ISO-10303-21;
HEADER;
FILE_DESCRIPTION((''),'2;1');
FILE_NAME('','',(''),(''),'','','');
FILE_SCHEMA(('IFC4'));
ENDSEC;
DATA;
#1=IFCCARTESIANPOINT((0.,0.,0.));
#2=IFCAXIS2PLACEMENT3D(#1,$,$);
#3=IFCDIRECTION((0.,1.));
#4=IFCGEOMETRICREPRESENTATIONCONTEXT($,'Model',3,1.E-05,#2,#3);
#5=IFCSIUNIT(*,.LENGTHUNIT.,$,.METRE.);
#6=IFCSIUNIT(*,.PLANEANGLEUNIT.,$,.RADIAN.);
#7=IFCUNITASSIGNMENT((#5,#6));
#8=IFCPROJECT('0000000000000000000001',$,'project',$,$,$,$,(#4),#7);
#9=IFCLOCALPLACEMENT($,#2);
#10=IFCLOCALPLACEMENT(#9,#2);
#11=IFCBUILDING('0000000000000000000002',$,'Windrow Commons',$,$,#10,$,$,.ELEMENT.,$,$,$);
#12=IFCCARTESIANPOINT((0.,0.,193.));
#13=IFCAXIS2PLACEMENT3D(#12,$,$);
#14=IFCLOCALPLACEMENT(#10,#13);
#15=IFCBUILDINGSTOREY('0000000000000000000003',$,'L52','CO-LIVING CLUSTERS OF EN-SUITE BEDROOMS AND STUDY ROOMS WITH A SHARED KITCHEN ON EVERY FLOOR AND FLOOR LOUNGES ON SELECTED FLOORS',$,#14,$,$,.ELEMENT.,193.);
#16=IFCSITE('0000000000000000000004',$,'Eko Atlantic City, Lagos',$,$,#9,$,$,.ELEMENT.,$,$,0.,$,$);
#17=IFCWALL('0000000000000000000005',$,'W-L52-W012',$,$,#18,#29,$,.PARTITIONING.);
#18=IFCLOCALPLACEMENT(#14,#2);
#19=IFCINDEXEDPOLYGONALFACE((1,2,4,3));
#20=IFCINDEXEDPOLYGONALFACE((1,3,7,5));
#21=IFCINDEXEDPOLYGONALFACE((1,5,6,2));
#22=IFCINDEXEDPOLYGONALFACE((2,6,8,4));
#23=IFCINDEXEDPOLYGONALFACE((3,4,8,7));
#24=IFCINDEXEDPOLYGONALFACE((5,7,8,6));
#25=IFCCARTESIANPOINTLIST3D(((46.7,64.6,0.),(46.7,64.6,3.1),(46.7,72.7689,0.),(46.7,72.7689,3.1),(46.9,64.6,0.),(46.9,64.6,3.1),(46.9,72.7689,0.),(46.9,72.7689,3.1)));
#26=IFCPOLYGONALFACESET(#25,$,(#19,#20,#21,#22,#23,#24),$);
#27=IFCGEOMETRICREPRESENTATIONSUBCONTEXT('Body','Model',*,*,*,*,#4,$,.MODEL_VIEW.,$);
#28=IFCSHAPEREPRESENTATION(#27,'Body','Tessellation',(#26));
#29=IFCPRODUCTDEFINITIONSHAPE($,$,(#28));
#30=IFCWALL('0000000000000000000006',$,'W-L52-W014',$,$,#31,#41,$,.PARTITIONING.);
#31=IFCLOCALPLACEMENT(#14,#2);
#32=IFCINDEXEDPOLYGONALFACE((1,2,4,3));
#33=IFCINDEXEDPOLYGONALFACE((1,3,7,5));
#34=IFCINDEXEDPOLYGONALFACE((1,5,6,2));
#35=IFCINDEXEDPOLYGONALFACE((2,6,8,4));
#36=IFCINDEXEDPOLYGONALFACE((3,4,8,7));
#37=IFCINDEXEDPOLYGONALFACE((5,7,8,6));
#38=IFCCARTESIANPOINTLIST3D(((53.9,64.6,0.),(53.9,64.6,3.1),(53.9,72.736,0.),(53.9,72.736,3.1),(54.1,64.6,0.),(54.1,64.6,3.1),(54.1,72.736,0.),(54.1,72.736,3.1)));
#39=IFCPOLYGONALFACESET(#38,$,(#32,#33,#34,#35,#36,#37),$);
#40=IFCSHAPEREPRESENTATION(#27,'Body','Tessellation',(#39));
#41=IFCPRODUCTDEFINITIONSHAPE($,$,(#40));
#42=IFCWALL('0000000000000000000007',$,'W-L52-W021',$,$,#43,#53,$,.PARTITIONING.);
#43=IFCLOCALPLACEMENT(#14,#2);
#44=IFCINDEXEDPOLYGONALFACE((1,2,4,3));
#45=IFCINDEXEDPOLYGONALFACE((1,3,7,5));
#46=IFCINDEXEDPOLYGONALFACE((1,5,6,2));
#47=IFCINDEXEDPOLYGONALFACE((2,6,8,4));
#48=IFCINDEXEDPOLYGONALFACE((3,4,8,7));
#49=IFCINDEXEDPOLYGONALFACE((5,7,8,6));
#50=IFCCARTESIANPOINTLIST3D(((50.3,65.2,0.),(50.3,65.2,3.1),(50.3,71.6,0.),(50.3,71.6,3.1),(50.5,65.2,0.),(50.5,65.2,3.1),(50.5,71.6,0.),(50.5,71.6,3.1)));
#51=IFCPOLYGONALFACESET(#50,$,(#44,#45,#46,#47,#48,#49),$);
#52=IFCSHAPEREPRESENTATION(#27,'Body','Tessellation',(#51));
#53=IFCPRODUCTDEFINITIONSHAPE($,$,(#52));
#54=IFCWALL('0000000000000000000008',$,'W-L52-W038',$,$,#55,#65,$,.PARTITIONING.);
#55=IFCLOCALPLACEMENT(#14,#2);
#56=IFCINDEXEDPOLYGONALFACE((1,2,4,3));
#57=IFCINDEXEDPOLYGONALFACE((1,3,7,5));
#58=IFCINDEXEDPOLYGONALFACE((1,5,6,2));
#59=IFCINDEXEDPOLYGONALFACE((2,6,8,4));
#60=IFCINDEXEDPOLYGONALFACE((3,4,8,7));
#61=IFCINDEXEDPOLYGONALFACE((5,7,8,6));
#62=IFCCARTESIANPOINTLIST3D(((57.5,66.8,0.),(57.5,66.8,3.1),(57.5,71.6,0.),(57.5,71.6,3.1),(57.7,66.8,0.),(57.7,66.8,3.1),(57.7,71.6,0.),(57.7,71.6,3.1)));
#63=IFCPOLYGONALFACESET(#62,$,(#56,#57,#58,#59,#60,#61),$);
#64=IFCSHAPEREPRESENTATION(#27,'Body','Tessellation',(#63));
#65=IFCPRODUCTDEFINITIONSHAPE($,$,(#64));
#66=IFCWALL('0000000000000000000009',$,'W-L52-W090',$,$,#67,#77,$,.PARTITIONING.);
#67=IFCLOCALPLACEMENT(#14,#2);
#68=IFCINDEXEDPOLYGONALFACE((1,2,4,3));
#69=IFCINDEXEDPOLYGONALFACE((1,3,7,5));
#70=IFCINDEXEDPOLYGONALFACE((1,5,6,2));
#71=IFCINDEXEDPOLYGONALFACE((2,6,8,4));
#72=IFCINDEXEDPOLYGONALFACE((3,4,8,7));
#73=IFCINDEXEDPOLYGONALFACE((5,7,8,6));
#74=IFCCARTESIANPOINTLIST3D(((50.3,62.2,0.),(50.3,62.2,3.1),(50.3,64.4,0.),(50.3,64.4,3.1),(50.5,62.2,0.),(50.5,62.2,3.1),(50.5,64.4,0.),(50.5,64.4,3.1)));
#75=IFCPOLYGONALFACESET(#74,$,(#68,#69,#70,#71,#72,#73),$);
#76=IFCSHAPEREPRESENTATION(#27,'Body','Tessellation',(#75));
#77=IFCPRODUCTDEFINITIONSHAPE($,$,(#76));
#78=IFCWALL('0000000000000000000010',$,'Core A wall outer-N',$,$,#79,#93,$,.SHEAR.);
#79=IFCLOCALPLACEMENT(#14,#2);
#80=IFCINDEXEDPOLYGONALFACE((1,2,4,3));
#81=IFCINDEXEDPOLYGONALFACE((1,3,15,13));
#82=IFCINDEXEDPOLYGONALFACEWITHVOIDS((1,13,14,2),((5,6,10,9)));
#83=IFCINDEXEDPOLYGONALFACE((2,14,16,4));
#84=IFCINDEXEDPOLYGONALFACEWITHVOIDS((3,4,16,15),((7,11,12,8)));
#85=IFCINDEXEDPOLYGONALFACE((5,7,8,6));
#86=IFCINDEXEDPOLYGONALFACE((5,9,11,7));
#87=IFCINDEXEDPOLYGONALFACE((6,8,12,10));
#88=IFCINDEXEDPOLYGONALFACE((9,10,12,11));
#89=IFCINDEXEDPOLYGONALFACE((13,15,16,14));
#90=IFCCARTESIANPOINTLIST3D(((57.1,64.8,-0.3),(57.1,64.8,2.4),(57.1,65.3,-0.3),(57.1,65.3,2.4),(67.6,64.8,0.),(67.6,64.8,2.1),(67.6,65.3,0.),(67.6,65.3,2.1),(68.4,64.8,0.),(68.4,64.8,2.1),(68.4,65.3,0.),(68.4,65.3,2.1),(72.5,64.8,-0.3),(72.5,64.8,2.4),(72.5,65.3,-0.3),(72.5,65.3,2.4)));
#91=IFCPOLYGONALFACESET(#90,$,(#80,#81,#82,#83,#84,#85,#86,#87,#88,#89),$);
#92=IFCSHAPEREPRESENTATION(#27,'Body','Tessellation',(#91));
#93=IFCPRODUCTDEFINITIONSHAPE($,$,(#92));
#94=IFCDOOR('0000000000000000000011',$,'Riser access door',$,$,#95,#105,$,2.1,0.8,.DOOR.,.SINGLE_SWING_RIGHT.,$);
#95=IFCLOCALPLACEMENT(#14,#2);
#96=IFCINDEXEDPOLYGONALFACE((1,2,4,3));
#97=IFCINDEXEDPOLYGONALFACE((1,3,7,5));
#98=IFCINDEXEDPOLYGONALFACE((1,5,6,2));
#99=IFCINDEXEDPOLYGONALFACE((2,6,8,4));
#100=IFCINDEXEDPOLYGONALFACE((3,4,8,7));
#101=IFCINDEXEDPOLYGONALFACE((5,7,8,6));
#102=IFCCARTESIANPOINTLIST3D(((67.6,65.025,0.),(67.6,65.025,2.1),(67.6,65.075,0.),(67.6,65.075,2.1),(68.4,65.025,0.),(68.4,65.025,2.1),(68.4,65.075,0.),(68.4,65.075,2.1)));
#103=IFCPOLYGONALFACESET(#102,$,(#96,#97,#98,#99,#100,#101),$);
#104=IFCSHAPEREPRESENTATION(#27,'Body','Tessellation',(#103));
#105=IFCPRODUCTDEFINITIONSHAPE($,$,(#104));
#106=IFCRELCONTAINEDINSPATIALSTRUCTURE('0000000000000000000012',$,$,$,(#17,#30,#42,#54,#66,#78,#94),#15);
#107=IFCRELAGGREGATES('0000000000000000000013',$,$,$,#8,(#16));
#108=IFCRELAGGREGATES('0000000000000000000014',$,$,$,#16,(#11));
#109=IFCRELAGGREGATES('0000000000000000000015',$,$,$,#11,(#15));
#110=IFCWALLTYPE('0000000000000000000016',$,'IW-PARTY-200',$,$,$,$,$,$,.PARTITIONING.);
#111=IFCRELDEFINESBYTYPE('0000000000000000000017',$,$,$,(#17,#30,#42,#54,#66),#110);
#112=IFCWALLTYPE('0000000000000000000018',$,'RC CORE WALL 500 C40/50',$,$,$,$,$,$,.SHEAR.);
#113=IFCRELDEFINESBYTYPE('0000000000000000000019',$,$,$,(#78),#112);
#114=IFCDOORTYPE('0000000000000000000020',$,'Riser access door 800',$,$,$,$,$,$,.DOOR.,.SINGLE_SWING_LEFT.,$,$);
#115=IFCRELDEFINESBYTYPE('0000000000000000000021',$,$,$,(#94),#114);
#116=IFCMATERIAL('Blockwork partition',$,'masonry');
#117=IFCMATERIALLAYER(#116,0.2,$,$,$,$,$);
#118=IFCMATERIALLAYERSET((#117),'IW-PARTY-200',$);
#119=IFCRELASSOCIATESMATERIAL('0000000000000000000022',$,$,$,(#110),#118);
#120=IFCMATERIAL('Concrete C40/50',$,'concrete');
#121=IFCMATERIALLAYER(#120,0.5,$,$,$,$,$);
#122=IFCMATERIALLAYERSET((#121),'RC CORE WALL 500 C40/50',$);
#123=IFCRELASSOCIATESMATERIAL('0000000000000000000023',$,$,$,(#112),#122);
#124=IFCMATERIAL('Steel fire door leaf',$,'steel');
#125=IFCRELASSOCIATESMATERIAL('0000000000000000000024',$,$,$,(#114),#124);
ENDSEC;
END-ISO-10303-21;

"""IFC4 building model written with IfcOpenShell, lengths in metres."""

from ifc_helpers import new_model, si_unit, direction, frame, frame_2d, origin, place, context, subcontext, project, spatial, rectangle, extrude, material, layer, layer_set, type_object, element, fill, save


model = new_model("IFC4")

# Units and contexts
model_context = context("Model", 3, precision=1e-05, world=origin(), true_north=direction((0.0, 1.0)))
body_context = subcontext(model_context, "Body", "Model", "MODEL_VIEW")
ifc_project = project(units=[si_unit("LENGTHUNIT", "METRE"), si_unit("PLANEANGLEUNIT", "RADIAN")], contexts=[model_context])

# Site, building, storey
site_placement = place(None, origin())
site = spatial("IfcSite", under=ifc_project, at=site_placement, Name="Eko Atlantic City, Lagos", CompositionType="ELEMENT", RefElevation=0.0)
building_placement = place(site_placement, origin())
building = spatial("IfcBuilding", under=site, at=building_placement, Name="Windrow Commons", CompositionType="ELEMENT")
storey_placement = place(building_placement, frame((0.0, 0.0, 193.0)))
storey = spatial("IfcBuildingStorey", under=building, at=storey_placement, Name="L52", Description="CO-LIVING CLUSTERS OF EN-SUITE BEDROOMS AND STUDY ROOMS WITH A SHARED KITCHEN ON EVERY FLOOR AND FLOOR LOUNGES ON SELECTED FLOORS", CompositionType="ELEMENT", Elevation=193.0)

# Walls
ifc_material_1 = material(Name="Blockwork partition", Category="masonry")
ifc_layer_1 = layer(ifc_material_1, 0.2)
ifc_layer_set_1 = layer_set([ifc_layer_1], Name="IW-PARTY-200")
wall_type_1 = type_object("IfcWallType", Name="IW-PARTY-200", PredefinedType="PARTITIONING", material=ifc_layer_set_1)
wall_1_placement = place(storey_placement, frame((46.8, 64.6, 0.0), z_axis=(0.0, 0.0, 1.0), x_axis=(0.0, 1.0, 0.0)))
element("IfcWall", 1, at=wall_1_placement, inside=storey, type_object=wall_type_1, Name="W-L52-W012", PredefinedType="PARTITIONING", context=body_context, shape_type="SweptSolid", body=[
    extrude(rectangle(XDim=8.1689, YDim=0.2, at=frame_2d((4.0845, 0.0))), origin(), (0.0, 0.0, 1.0), 3.1),
])
wall_2_placement = place(storey_placement, frame((54.0, 64.6, 0.0), z_axis=(0.0, 0.0, 1.0), x_axis=(0.0, 1.0, 0.0)))
element("IfcWall", 2, at=wall_2_placement, inside=storey, type_object=wall_type_1, Name="W-L52-W014", PredefinedType="PARTITIONING", context=body_context, shape_type="SweptSolid", body=[
    extrude(rectangle(XDim=8.136, YDim=0.2, at=frame_2d((4.068, 0.0))), origin(), (0.0, 0.0, 1.0), 3.1),
])
wall_3_placement = place(storey_placement, frame((50.4, 65.2, 0.0), z_axis=(0.0, 0.0, 1.0), x_axis=(0.0, 1.0, 0.0)))
element("IfcWall", 3, at=wall_3_placement, inside=storey, type_object=wall_type_1, Name="W-L52-W021", PredefinedType="PARTITIONING", context=body_context, shape_type="SweptSolid", body=[
    extrude(rectangle(XDim=6.4, YDim=0.2, at=frame_2d((3.2, 0.0))), origin(), (0.0, 0.0, 1.0), 3.1),
])
wall_4_placement = place(storey_placement, frame((57.6, 66.8, 0.0), z_axis=(0.0, 0.0, 1.0), x_axis=(0.0, 1.0, 0.0)))
element("IfcWall", 4, at=wall_4_placement, inside=storey, type_object=wall_type_1, Name="W-L52-W038", PredefinedType="PARTITIONING", context=body_context, shape_type="SweptSolid", body=[
    extrude(rectangle(XDim=4.8, YDim=0.2, at=frame_2d((2.4, 0.0))), origin(), (0.0, 0.0, 1.0), 3.1),
])
wall_5_placement = place(storey_placement, frame((50.4, 62.2, 0.0), z_axis=(0.0, 0.0, 1.0), x_axis=(0.0, 1.0, 0.0)))
element("IfcWall", 5, at=wall_5_placement, inside=storey, type_object=wall_type_1, Name="W-L52-W090", PredefinedType="PARTITIONING", context=body_context, shape_type="SweptSolid", body=[
    extrude(rectangle(XDim=2.2, YDim=0.2, at=frame_2d((1.1, 0.0))), origin(), (0.0, 0.0, 1.0), 3.1),
])

# Wall, opening, door
ifc_material_2 = material(Name="Concrete C40/50", Category="concrete")
ifc_layer_2 = layer(ifc_material_2, 0.5)
ifc_layer_set_2 = layer_set([ifc_layer_2], Name="RC CORE WALL 500 C40/50")
wall_type_2 = type_object("IfcWallType", Name="RC CORE WALL 500 C40/50", PredefinedType="SHEAR", material=ifc_layer_set_2)
wall_6_placement = place(storey_placement, frame((57.1, 65.05, -0.3), z_axis=(0.0, 0.0, 1.0), x_axis=(1.0, 0.0, 0.0)))
wall_6 = element("IfcWall", 6, at=wall_6_placement, inside=storey, type_object=wall_type_2, Name="Core A wall outer-N", PredefinedType="SHEAR", context=body_context, shape_type="SweptSolid", body=[
    extrude(rectangle(XDim=15.4, YDim=0.5, at=frame_2d((7.7, 0.0))), origin(), (0.0, 0.0, 1.0), 2.7),
])
opening_1_placement = place(wall_6_placement, frame((10.5, 0.0, 0.3)))
opening_1 = element("IfcOpeningElement", 7, at=opening_1_placement, cuts=wall_6, PredefinedType="OPENING", context=body_context, shape_type="SweptSolid", body=[
    extrude(rectangle(XDim=0.8, YDim=2.1, at=frame_2d((0.4, 1.05))), frame((0.0, 0.26, 0.0), z_axis=(0.0, -1.0, 0.0), x_axis=(1.0, 0.0, 0.0)), (0.0, 0.0, 1.0), 0.52),
])
ifc_material_3 = material(Name="Steel fire door leaf", Category="steel")
door_type_1 = type_object("IfcDoorType", Name="Riser access door 800", OperationType="SINGLE_SWING_LEFT", PredefinedType="DOOR", material=ifc_material_3)
door_1_placement = place(opening_1_placement, origin())
door_1 = element("IfcDoor", 8, at=door_1_placement, inside=storey, type_object=door_type_1, Name="Riser access door", OperationType="SINGLE_SWING_RIGHT", OverallHeight=2.1, OverallWidth=0.8, PredefinedType="DOOR", context=body_context, shape_type="SweptSolid", body=[
    extrude(rectangle(XDim=0.8, YDim=2.1, at=frame_2d((0.4, 1.05))), frame((0.0, 0.025, 0.0), z_axis=(0.0, -1.0, 0.0), x_axis=(1.0, 0.0, 0.0)), (0.0, 0.0, 1.0), 0.05),
])
fill(opening_1, door_1)

save(model, "model.ifc")
